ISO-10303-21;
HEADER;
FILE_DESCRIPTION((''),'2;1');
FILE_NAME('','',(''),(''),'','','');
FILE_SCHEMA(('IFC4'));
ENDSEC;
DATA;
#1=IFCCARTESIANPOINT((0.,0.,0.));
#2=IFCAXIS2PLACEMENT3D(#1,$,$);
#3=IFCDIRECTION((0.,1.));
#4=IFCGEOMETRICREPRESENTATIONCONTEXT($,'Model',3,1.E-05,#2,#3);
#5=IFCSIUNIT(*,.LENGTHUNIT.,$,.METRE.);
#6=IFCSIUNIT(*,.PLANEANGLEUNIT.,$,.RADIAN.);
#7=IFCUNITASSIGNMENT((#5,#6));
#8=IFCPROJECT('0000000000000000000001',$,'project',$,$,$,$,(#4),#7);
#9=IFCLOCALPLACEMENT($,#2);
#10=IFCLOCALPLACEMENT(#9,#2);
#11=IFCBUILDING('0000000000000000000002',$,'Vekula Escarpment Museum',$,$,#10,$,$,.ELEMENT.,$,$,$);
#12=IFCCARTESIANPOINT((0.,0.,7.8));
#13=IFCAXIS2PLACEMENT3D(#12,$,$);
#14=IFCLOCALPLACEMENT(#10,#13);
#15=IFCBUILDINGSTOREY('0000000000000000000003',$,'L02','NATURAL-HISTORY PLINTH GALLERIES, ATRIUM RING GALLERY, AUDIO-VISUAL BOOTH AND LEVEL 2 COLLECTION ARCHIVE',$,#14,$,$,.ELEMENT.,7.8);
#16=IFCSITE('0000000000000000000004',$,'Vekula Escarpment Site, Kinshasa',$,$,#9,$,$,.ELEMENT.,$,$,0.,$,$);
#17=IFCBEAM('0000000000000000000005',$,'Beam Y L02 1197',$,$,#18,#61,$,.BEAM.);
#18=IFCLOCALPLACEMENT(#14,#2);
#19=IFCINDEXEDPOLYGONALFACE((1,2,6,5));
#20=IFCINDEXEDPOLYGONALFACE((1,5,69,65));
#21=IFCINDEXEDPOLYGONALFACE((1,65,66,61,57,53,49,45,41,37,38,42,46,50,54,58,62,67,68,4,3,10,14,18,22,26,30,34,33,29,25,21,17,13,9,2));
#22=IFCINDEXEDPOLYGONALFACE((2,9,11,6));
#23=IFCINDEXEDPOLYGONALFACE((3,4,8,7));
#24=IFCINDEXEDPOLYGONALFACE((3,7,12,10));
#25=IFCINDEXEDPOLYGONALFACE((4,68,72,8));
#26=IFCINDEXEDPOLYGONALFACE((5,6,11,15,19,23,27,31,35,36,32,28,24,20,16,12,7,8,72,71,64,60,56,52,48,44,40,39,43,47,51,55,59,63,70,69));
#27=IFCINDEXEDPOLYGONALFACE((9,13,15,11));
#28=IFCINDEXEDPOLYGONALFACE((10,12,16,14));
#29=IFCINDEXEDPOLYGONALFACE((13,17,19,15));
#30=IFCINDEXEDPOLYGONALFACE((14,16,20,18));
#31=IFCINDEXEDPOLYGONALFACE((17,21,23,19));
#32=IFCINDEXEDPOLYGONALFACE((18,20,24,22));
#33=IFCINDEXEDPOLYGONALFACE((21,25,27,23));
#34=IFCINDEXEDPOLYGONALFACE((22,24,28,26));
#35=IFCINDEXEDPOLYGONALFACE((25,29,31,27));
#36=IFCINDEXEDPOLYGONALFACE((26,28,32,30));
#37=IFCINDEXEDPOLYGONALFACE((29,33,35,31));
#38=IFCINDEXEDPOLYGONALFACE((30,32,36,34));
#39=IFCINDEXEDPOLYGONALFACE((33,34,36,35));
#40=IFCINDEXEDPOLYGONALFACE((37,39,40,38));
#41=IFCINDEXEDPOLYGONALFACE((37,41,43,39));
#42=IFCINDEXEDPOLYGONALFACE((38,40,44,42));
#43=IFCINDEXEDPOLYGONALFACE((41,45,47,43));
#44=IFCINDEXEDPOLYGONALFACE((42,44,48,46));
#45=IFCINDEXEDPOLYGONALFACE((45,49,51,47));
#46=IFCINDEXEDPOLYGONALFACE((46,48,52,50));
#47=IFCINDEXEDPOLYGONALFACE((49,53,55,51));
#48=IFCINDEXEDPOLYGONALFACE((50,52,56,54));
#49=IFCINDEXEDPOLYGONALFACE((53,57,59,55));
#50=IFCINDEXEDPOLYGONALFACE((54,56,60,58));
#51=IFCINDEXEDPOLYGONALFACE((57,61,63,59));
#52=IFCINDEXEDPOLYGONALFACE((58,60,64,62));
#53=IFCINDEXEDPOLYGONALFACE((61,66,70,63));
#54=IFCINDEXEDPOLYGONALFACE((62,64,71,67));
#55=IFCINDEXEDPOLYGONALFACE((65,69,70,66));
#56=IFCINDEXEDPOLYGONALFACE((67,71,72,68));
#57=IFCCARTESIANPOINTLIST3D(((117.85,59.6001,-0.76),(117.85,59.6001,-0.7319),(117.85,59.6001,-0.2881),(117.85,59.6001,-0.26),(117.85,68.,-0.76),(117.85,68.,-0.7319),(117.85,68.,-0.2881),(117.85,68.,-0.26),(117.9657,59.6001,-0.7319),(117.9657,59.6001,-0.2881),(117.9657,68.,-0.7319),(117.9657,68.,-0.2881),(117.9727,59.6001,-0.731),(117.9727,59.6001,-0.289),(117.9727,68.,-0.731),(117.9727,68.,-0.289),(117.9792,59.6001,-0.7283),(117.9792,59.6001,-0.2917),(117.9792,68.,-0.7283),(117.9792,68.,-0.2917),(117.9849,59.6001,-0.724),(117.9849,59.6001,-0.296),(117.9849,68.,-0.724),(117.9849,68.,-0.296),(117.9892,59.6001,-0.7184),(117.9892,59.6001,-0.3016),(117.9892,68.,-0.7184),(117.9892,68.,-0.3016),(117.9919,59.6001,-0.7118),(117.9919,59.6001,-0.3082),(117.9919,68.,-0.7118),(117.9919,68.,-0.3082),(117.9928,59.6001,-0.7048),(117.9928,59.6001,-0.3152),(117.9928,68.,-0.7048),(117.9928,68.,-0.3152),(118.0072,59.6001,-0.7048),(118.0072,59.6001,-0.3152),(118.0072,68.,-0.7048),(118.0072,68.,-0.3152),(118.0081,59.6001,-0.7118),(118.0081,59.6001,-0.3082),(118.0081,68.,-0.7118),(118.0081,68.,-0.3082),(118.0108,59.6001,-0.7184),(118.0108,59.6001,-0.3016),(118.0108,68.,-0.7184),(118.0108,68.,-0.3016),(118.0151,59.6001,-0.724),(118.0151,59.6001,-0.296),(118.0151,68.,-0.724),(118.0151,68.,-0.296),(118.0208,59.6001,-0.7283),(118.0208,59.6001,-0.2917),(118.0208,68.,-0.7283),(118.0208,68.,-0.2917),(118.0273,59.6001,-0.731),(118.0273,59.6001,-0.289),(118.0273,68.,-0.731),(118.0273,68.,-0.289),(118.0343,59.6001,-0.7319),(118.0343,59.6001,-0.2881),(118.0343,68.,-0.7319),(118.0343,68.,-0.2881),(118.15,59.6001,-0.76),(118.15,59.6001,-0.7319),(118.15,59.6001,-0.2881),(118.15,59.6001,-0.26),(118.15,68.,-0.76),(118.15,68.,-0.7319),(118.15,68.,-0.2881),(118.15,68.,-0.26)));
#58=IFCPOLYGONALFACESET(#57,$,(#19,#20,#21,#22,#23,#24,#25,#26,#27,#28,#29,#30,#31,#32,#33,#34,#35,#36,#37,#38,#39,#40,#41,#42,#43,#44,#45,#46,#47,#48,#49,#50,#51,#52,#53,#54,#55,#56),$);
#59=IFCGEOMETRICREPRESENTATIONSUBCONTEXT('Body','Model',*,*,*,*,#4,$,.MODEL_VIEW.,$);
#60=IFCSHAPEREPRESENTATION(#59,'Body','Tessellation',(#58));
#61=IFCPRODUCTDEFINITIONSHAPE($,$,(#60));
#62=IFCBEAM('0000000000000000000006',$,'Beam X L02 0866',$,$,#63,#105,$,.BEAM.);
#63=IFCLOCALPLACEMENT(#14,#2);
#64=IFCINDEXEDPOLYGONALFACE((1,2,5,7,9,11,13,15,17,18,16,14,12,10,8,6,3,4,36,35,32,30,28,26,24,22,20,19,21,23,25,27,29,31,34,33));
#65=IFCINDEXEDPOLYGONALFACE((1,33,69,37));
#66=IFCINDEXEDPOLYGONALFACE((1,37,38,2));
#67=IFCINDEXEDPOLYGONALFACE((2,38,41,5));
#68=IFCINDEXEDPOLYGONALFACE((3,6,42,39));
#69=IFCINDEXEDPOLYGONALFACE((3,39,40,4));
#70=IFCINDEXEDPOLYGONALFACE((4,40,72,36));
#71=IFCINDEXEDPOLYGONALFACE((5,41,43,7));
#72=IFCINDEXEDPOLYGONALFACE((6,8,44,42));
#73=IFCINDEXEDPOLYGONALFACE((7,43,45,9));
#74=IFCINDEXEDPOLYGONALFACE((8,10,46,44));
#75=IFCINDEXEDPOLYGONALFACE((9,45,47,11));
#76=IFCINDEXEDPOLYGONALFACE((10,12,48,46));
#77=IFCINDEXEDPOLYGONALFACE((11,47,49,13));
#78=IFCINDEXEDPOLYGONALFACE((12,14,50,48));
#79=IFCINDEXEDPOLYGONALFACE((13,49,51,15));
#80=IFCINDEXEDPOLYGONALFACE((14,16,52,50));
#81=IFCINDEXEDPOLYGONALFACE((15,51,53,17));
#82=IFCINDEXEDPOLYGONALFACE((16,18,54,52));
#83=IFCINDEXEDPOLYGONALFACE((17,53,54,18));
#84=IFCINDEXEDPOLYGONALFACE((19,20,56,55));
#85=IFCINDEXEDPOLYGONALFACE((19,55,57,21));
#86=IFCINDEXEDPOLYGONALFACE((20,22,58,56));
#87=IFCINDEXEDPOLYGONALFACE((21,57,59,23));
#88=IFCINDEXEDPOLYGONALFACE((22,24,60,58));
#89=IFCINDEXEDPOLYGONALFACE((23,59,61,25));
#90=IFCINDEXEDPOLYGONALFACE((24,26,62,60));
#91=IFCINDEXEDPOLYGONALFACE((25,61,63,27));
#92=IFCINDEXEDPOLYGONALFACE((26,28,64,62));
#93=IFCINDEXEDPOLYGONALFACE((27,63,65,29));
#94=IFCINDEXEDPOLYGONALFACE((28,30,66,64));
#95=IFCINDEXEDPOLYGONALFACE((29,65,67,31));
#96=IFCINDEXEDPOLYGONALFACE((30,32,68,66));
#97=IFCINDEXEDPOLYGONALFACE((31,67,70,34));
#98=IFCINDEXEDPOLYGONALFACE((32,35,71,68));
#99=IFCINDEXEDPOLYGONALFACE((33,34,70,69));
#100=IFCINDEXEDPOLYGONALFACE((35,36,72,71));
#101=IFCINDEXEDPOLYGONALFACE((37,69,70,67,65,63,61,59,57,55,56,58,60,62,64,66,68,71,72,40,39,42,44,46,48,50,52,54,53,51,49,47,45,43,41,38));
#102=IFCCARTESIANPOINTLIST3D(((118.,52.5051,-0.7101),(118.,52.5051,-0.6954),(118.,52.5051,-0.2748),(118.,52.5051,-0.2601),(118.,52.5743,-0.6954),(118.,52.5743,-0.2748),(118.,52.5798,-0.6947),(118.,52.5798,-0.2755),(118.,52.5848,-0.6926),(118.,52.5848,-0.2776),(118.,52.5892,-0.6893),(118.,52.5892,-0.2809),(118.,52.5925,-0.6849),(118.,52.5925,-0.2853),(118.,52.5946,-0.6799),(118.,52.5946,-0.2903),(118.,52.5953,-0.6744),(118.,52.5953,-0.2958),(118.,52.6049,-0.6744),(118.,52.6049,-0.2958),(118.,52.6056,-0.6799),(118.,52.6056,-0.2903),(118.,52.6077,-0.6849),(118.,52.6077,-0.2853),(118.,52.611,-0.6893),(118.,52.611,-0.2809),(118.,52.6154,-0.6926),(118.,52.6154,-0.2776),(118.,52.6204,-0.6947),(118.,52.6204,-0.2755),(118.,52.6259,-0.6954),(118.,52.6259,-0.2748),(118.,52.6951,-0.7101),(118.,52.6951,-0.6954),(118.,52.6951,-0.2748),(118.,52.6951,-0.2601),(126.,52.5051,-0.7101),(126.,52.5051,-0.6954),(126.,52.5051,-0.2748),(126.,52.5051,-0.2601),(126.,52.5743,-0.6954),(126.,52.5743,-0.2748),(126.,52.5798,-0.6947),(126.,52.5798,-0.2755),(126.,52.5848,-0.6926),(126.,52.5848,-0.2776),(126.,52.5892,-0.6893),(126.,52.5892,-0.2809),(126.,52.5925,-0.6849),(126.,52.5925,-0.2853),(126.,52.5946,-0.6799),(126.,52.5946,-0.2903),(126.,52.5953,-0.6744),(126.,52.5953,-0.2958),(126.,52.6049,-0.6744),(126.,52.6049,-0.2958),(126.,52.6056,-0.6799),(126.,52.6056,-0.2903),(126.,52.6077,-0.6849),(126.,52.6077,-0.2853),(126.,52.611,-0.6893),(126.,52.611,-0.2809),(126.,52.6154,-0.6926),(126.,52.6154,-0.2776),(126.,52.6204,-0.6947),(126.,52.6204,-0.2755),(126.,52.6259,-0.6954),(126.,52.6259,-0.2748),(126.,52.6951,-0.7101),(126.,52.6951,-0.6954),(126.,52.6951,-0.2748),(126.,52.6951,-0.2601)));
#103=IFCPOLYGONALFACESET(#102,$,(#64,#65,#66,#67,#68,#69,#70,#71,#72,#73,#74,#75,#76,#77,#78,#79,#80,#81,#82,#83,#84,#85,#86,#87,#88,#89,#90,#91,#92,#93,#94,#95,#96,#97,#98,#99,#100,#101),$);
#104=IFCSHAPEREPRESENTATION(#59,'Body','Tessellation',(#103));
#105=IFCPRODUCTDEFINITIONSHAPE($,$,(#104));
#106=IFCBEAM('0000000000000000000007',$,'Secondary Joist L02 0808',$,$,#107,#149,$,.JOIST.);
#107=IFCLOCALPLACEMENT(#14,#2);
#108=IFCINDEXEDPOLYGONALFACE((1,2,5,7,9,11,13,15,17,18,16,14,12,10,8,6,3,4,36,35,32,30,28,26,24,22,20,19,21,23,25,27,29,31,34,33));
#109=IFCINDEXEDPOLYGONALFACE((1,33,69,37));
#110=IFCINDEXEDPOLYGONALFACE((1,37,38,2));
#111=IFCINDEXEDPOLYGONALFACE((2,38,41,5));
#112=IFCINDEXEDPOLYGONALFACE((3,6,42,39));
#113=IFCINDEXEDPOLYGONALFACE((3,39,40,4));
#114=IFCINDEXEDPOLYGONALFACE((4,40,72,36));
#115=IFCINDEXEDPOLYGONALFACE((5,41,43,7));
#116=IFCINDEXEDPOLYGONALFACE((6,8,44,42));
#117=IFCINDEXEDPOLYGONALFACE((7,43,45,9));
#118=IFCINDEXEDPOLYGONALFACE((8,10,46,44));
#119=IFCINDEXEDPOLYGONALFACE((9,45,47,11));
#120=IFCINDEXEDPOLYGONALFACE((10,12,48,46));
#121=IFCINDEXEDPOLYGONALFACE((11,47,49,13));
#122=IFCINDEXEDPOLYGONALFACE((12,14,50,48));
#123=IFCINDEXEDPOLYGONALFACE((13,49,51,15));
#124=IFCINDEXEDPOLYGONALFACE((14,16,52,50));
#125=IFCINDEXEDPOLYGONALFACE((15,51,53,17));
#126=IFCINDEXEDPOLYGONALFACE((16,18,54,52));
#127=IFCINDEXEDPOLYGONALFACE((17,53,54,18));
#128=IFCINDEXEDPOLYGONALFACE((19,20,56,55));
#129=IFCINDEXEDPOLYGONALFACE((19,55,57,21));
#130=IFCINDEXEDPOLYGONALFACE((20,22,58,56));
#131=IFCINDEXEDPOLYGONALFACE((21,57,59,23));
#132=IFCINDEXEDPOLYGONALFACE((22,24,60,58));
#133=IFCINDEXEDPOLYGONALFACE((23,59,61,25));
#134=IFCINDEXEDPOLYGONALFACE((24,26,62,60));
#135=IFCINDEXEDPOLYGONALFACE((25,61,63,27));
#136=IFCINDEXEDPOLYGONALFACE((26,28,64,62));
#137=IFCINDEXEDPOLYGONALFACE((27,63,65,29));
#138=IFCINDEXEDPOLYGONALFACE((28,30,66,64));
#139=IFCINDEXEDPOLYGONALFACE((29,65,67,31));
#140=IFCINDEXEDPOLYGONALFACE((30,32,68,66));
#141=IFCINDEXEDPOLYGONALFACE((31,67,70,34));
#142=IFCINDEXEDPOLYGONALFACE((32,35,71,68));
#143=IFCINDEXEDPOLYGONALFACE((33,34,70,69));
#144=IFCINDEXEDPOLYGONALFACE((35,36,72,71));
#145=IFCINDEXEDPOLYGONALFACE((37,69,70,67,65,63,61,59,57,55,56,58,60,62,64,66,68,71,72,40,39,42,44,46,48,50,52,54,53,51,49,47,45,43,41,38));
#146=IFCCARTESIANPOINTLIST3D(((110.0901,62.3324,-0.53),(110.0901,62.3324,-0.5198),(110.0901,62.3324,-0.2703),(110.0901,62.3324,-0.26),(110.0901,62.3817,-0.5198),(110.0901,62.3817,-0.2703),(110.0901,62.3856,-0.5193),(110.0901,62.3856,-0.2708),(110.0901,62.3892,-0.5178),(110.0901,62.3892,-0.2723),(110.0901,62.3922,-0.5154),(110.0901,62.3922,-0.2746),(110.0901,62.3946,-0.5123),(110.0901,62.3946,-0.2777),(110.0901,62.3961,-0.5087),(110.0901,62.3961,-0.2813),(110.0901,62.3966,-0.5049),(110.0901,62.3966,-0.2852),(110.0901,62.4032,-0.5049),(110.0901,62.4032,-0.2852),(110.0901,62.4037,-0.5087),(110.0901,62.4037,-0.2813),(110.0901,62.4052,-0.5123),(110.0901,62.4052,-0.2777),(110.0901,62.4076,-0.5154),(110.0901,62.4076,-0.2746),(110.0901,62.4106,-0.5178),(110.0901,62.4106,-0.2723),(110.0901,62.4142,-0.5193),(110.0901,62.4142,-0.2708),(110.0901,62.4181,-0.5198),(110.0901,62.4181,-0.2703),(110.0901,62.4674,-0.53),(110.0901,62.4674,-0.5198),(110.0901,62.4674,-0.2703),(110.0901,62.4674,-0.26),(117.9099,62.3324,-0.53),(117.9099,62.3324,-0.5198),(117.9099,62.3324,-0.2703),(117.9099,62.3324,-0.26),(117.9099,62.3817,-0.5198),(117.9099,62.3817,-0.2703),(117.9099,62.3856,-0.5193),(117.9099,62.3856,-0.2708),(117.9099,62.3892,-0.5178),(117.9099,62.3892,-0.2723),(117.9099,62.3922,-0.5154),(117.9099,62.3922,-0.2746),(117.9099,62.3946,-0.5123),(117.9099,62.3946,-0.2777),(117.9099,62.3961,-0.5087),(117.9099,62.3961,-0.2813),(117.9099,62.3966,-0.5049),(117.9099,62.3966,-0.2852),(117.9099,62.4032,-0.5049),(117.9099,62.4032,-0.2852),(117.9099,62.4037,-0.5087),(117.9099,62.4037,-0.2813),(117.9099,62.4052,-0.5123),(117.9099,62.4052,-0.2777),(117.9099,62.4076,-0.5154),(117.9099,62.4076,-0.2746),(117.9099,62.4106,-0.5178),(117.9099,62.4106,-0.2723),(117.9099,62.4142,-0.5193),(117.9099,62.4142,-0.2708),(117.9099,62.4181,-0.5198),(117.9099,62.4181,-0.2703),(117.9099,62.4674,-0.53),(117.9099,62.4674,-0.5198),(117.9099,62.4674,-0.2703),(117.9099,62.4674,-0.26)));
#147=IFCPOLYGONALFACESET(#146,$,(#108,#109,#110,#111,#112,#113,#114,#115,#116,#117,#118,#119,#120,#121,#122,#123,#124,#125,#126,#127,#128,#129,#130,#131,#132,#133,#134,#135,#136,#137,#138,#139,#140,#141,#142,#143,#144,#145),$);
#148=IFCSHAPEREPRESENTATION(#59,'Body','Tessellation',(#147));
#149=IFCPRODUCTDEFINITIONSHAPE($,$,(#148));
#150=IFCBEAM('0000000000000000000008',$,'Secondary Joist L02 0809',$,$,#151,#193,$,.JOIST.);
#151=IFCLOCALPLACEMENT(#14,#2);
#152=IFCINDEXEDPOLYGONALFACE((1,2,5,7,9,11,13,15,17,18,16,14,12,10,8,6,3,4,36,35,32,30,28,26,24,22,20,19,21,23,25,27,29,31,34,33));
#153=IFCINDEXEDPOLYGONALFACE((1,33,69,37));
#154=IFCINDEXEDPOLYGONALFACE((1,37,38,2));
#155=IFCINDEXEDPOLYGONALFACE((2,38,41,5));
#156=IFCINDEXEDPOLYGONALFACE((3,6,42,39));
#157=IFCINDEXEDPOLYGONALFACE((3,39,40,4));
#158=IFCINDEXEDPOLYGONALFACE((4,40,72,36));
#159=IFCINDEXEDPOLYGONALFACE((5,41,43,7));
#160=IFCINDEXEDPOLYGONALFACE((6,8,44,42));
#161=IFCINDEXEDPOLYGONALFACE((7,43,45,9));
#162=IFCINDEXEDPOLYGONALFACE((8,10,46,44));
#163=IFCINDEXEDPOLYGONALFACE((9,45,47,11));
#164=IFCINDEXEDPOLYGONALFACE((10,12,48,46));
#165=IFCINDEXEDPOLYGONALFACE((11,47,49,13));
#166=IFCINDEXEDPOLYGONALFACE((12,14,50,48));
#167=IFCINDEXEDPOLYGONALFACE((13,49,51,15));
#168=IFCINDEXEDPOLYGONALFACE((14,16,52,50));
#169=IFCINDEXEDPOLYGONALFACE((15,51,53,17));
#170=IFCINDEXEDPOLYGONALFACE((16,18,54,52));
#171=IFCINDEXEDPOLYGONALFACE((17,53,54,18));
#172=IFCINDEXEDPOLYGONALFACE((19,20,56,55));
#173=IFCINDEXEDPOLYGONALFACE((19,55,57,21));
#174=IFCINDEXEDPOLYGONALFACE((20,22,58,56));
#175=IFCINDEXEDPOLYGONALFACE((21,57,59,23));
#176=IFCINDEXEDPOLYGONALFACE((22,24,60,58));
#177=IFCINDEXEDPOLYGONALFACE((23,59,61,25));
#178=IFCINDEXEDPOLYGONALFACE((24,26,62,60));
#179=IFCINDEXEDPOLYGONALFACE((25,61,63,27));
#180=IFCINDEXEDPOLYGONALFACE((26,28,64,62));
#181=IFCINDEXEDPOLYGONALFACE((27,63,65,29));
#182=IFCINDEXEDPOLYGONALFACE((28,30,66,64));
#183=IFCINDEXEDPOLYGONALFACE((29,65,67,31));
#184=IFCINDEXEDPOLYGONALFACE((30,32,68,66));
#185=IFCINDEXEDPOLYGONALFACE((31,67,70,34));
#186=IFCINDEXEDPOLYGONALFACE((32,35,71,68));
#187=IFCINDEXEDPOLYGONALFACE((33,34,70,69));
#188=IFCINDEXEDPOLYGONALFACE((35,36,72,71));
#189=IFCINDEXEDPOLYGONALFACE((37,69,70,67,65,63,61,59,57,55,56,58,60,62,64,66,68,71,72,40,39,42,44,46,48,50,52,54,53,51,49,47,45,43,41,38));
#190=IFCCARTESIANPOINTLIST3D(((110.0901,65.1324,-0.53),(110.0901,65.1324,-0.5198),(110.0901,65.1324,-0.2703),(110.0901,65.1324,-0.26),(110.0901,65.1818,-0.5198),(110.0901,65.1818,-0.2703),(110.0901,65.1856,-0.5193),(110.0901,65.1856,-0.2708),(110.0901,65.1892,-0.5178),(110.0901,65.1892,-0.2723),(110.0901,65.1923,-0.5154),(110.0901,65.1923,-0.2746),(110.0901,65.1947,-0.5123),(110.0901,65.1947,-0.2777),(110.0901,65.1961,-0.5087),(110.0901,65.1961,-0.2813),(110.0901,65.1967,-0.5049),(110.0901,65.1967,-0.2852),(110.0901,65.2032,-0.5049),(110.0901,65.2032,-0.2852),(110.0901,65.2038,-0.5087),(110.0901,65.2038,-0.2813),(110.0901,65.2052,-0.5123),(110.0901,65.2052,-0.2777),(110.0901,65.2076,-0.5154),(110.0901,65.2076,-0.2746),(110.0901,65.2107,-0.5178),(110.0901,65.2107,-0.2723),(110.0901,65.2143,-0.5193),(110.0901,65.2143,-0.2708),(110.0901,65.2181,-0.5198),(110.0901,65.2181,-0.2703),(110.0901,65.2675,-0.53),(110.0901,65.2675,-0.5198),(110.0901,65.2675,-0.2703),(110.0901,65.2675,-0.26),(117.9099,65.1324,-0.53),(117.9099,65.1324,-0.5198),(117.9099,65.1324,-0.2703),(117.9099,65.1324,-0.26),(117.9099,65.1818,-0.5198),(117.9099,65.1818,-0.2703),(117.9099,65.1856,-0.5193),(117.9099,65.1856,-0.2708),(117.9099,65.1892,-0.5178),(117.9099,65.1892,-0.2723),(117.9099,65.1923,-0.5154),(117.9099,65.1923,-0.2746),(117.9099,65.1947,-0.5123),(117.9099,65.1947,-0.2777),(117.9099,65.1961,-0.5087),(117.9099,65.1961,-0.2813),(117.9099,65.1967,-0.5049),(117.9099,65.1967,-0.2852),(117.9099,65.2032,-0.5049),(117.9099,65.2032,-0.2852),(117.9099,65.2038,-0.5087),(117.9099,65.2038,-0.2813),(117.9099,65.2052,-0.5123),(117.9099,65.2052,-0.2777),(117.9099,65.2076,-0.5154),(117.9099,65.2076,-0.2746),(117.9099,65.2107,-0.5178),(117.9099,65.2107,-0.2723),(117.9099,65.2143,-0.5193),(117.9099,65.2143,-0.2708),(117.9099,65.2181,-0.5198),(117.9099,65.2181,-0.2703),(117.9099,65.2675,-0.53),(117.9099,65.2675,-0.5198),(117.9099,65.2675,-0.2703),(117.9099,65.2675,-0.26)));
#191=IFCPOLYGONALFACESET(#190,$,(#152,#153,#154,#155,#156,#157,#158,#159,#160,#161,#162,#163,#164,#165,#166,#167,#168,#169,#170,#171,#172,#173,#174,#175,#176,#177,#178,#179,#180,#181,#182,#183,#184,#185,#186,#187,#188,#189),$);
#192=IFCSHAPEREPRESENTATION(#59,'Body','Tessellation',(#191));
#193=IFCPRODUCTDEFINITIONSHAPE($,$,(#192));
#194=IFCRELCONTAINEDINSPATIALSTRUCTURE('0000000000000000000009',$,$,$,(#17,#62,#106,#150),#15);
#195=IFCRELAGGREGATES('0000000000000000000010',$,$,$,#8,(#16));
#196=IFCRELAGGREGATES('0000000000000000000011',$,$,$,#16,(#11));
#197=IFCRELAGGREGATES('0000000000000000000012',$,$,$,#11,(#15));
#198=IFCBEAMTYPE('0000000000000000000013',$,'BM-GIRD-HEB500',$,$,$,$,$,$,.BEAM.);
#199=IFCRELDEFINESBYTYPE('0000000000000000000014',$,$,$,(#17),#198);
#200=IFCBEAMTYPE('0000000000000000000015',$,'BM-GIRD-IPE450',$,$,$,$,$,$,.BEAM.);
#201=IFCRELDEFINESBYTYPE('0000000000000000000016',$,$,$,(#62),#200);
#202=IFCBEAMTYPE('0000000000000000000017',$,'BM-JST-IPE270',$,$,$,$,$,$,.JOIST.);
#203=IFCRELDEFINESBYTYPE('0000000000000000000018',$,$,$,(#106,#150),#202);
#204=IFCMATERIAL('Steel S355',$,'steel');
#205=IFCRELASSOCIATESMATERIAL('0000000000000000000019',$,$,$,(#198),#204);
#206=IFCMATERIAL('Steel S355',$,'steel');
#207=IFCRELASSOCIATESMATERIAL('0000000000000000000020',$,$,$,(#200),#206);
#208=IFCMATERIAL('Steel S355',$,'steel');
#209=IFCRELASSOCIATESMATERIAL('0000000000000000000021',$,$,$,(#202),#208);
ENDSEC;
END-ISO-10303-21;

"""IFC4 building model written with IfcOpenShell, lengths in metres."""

from ifc_helpers import new_model, si_unit, direction, frame, origin, origin_2d, place, context, subcontext, project, spatial, i_section, extrude, material, material_profile, profile_set, type_object, element, save


model = new_model("IFC4")

# Units and contexts
model_context = context("Model", 3, precision=1e-05, world=origin(), true_north=direction((0.0, 1.0)))
body_context = subcontext(model_context, "Body", "Model", "MODEL_VIEW")
ifc_project = project(units=[si_unit("LENGTHUNIT", "METRE"), si_unit("PLANEANGLEUNIT", "RADIAN")], contexts=[model_context])

# Site, building, storey
site_placement = place(None, origin())
site = spatial("IfcSite", under=ifc_project, at=site_placement, Name="Vekula Escarpment Site, Kinshasa", CompositionType="ELEMENT", RefElevation=0.0)
building_placement = place(site_placement, origin())
building = spatial("IfcBuilding", under=site, at=building_placement, Name="Vekula Escarpment Museum", CompositionType="ELEMENT")
storey_placement = place(building_placement, frame((0.0, 0.0, 7.8)))
storey = spatial("IfcBuildingStorey", under=building, at=storey_placement, Name="L02", Description="NATURAL-HISTORY PLINTH GALLERIES, ATRIUM RING GALLERY, AUDIO-VISUAL BOOTH AND LEVEL 2 COLLECTION ARCHIVE", CompositionType="ELEMENT", Elevation=7.8)

# Beams
ifc_material_1 = material(Name="Steel S355", Category="steel")
ifc_material_profile_1 = material_profile(ifc_material_1, i_section(OverallWidth=0.3, OverallDepth=0.5, WebThickness=0.0144, FlangeThickness=0.0281, FilletRadius=0.0271, at=origin_2d()), Name="HEB 500")
ifc_profile_set_1 = profile_set([ifc_material_profile_1], Name="Steel S355")
beam_type_1 = type_object("IfcBeamType", Name="BM-GIRD-HEB500", PredefinedType="BEAM", material=ifc_profile_set_1)
beam_1_placement = place(storey_placement, frame((118.0, 59.6001, -0.51), z_axis=(0.0, 1.0, 0.0), x_axis=(-1.0, 0.0, 0.0)))
element("IfcBeam", 1, at=beam_1_placement, inside=storey, type_object=beam_type_1, Name="Beam Y L02 1197", PredefinedType="BEAM", context=body_context, shape_type="SweptSolid", body=[
    extrude(i_section(OverallWidth=0.3, OverallDepth=0.5, WebThickness=0.0144, FlangeThickness=0.0281, FilletRadius=0.0271, at=origin_2d()), origin(), (0.0, 0.0, 1.0), 8.3999),
])
ifc_material_2 = material(Name="Steel S355", Category="steel")
ifc_material_profile_2 = material_profile(ifc_material_2, i_section(OverallWidth=0.1899, OverallDepth=0.45, WebThickness=0.0095, FlangeThickness=0.0146, FilletRadius=0.021, at=origin_2d()), Name="IPE 450")
ifc_profile_set_2 = profile_set([ifc_material_profile_2], Name="Steel S355")
beam_type_2 = type_object("IfcBeamType", Name="BM-GIRD-IPE450", PredefinedType="BEAM", material=ifc_profile_set_2)
beam_2_placement = place(storey_placement, frame((118.0, 52.6001, -0.4851), z_axis=(1.0, 0.0, 0.0), x_axis=(0.0, 1.0, 0.0)))
element("IfcBeam", 2, at=beam_2_placement, inside=storey, type_object=beam_type_2, Name="Beam X L02 0866", PredefinedType="BEAM", context=body_context, shape_type="SweptSolid", body=[
    extrude(i_section(OverallWidth=0.1899, OverallDepth=0.45, WebThickness=0.0095, FlangeThickness=0.0146, FilletRadius=0.021, at=origin_2d()), origin(), (0.0, 0.0, 1.0), 8.0),
])
ifc_material_3 = material(Name="Steel S355", Category="steel")
ifc_material_profile_3 = material_profile(ifc_material_3, i_section(OverallWidth=0.135, OverallDepth=0.27, WebThickness=0.0066, FlangeThickness=0.0103, FilletRadius=0.0149, at=origin_2d()), Name="IPE 270")
ifc_profile_set_3 = profile_set([ifc_material_profile_3], Name="Steel S355")
beam_type_3 = type_object("IfcBeamType", Name="BM-JST-IPE270", PredefinedType="JOIST", material=ifc_profile_set_3)
for number, where, z_axis, x_axis, name in (
    (3, (110.0901, 62.3999, -0.395), (1.0, 0.0, 0.0), (0.0, 1.0, 0.0), "Secondary Joist L02 0808"),
    (4, (110.0901, 65.2, -0.395), (1.0, 0.0, 0.0), (0.0, 1.0, 0.0), "Secondary Joist L02 0809"),
):
    element("IfcBeam", number, at=place(storey_placement, frame(where, z_axis=z_axis, x_axis=x_axis)), inside=storey, type_object=beam_type_3, Name=name, PredefinedType="JOIST", context=body_context, shape_type="SweptSolid", body=[
        extrude(i_section(OverallWidth=0.135, OverallDepth=0.27, WebThickness=0.0066, FlangeThickness=0.0103, FilletRadius=0.0149, at=origin_2d()), origin(), (0.0, 0.0, 1.0), 7.8198),
    ])

save(model, "model.ifc")
